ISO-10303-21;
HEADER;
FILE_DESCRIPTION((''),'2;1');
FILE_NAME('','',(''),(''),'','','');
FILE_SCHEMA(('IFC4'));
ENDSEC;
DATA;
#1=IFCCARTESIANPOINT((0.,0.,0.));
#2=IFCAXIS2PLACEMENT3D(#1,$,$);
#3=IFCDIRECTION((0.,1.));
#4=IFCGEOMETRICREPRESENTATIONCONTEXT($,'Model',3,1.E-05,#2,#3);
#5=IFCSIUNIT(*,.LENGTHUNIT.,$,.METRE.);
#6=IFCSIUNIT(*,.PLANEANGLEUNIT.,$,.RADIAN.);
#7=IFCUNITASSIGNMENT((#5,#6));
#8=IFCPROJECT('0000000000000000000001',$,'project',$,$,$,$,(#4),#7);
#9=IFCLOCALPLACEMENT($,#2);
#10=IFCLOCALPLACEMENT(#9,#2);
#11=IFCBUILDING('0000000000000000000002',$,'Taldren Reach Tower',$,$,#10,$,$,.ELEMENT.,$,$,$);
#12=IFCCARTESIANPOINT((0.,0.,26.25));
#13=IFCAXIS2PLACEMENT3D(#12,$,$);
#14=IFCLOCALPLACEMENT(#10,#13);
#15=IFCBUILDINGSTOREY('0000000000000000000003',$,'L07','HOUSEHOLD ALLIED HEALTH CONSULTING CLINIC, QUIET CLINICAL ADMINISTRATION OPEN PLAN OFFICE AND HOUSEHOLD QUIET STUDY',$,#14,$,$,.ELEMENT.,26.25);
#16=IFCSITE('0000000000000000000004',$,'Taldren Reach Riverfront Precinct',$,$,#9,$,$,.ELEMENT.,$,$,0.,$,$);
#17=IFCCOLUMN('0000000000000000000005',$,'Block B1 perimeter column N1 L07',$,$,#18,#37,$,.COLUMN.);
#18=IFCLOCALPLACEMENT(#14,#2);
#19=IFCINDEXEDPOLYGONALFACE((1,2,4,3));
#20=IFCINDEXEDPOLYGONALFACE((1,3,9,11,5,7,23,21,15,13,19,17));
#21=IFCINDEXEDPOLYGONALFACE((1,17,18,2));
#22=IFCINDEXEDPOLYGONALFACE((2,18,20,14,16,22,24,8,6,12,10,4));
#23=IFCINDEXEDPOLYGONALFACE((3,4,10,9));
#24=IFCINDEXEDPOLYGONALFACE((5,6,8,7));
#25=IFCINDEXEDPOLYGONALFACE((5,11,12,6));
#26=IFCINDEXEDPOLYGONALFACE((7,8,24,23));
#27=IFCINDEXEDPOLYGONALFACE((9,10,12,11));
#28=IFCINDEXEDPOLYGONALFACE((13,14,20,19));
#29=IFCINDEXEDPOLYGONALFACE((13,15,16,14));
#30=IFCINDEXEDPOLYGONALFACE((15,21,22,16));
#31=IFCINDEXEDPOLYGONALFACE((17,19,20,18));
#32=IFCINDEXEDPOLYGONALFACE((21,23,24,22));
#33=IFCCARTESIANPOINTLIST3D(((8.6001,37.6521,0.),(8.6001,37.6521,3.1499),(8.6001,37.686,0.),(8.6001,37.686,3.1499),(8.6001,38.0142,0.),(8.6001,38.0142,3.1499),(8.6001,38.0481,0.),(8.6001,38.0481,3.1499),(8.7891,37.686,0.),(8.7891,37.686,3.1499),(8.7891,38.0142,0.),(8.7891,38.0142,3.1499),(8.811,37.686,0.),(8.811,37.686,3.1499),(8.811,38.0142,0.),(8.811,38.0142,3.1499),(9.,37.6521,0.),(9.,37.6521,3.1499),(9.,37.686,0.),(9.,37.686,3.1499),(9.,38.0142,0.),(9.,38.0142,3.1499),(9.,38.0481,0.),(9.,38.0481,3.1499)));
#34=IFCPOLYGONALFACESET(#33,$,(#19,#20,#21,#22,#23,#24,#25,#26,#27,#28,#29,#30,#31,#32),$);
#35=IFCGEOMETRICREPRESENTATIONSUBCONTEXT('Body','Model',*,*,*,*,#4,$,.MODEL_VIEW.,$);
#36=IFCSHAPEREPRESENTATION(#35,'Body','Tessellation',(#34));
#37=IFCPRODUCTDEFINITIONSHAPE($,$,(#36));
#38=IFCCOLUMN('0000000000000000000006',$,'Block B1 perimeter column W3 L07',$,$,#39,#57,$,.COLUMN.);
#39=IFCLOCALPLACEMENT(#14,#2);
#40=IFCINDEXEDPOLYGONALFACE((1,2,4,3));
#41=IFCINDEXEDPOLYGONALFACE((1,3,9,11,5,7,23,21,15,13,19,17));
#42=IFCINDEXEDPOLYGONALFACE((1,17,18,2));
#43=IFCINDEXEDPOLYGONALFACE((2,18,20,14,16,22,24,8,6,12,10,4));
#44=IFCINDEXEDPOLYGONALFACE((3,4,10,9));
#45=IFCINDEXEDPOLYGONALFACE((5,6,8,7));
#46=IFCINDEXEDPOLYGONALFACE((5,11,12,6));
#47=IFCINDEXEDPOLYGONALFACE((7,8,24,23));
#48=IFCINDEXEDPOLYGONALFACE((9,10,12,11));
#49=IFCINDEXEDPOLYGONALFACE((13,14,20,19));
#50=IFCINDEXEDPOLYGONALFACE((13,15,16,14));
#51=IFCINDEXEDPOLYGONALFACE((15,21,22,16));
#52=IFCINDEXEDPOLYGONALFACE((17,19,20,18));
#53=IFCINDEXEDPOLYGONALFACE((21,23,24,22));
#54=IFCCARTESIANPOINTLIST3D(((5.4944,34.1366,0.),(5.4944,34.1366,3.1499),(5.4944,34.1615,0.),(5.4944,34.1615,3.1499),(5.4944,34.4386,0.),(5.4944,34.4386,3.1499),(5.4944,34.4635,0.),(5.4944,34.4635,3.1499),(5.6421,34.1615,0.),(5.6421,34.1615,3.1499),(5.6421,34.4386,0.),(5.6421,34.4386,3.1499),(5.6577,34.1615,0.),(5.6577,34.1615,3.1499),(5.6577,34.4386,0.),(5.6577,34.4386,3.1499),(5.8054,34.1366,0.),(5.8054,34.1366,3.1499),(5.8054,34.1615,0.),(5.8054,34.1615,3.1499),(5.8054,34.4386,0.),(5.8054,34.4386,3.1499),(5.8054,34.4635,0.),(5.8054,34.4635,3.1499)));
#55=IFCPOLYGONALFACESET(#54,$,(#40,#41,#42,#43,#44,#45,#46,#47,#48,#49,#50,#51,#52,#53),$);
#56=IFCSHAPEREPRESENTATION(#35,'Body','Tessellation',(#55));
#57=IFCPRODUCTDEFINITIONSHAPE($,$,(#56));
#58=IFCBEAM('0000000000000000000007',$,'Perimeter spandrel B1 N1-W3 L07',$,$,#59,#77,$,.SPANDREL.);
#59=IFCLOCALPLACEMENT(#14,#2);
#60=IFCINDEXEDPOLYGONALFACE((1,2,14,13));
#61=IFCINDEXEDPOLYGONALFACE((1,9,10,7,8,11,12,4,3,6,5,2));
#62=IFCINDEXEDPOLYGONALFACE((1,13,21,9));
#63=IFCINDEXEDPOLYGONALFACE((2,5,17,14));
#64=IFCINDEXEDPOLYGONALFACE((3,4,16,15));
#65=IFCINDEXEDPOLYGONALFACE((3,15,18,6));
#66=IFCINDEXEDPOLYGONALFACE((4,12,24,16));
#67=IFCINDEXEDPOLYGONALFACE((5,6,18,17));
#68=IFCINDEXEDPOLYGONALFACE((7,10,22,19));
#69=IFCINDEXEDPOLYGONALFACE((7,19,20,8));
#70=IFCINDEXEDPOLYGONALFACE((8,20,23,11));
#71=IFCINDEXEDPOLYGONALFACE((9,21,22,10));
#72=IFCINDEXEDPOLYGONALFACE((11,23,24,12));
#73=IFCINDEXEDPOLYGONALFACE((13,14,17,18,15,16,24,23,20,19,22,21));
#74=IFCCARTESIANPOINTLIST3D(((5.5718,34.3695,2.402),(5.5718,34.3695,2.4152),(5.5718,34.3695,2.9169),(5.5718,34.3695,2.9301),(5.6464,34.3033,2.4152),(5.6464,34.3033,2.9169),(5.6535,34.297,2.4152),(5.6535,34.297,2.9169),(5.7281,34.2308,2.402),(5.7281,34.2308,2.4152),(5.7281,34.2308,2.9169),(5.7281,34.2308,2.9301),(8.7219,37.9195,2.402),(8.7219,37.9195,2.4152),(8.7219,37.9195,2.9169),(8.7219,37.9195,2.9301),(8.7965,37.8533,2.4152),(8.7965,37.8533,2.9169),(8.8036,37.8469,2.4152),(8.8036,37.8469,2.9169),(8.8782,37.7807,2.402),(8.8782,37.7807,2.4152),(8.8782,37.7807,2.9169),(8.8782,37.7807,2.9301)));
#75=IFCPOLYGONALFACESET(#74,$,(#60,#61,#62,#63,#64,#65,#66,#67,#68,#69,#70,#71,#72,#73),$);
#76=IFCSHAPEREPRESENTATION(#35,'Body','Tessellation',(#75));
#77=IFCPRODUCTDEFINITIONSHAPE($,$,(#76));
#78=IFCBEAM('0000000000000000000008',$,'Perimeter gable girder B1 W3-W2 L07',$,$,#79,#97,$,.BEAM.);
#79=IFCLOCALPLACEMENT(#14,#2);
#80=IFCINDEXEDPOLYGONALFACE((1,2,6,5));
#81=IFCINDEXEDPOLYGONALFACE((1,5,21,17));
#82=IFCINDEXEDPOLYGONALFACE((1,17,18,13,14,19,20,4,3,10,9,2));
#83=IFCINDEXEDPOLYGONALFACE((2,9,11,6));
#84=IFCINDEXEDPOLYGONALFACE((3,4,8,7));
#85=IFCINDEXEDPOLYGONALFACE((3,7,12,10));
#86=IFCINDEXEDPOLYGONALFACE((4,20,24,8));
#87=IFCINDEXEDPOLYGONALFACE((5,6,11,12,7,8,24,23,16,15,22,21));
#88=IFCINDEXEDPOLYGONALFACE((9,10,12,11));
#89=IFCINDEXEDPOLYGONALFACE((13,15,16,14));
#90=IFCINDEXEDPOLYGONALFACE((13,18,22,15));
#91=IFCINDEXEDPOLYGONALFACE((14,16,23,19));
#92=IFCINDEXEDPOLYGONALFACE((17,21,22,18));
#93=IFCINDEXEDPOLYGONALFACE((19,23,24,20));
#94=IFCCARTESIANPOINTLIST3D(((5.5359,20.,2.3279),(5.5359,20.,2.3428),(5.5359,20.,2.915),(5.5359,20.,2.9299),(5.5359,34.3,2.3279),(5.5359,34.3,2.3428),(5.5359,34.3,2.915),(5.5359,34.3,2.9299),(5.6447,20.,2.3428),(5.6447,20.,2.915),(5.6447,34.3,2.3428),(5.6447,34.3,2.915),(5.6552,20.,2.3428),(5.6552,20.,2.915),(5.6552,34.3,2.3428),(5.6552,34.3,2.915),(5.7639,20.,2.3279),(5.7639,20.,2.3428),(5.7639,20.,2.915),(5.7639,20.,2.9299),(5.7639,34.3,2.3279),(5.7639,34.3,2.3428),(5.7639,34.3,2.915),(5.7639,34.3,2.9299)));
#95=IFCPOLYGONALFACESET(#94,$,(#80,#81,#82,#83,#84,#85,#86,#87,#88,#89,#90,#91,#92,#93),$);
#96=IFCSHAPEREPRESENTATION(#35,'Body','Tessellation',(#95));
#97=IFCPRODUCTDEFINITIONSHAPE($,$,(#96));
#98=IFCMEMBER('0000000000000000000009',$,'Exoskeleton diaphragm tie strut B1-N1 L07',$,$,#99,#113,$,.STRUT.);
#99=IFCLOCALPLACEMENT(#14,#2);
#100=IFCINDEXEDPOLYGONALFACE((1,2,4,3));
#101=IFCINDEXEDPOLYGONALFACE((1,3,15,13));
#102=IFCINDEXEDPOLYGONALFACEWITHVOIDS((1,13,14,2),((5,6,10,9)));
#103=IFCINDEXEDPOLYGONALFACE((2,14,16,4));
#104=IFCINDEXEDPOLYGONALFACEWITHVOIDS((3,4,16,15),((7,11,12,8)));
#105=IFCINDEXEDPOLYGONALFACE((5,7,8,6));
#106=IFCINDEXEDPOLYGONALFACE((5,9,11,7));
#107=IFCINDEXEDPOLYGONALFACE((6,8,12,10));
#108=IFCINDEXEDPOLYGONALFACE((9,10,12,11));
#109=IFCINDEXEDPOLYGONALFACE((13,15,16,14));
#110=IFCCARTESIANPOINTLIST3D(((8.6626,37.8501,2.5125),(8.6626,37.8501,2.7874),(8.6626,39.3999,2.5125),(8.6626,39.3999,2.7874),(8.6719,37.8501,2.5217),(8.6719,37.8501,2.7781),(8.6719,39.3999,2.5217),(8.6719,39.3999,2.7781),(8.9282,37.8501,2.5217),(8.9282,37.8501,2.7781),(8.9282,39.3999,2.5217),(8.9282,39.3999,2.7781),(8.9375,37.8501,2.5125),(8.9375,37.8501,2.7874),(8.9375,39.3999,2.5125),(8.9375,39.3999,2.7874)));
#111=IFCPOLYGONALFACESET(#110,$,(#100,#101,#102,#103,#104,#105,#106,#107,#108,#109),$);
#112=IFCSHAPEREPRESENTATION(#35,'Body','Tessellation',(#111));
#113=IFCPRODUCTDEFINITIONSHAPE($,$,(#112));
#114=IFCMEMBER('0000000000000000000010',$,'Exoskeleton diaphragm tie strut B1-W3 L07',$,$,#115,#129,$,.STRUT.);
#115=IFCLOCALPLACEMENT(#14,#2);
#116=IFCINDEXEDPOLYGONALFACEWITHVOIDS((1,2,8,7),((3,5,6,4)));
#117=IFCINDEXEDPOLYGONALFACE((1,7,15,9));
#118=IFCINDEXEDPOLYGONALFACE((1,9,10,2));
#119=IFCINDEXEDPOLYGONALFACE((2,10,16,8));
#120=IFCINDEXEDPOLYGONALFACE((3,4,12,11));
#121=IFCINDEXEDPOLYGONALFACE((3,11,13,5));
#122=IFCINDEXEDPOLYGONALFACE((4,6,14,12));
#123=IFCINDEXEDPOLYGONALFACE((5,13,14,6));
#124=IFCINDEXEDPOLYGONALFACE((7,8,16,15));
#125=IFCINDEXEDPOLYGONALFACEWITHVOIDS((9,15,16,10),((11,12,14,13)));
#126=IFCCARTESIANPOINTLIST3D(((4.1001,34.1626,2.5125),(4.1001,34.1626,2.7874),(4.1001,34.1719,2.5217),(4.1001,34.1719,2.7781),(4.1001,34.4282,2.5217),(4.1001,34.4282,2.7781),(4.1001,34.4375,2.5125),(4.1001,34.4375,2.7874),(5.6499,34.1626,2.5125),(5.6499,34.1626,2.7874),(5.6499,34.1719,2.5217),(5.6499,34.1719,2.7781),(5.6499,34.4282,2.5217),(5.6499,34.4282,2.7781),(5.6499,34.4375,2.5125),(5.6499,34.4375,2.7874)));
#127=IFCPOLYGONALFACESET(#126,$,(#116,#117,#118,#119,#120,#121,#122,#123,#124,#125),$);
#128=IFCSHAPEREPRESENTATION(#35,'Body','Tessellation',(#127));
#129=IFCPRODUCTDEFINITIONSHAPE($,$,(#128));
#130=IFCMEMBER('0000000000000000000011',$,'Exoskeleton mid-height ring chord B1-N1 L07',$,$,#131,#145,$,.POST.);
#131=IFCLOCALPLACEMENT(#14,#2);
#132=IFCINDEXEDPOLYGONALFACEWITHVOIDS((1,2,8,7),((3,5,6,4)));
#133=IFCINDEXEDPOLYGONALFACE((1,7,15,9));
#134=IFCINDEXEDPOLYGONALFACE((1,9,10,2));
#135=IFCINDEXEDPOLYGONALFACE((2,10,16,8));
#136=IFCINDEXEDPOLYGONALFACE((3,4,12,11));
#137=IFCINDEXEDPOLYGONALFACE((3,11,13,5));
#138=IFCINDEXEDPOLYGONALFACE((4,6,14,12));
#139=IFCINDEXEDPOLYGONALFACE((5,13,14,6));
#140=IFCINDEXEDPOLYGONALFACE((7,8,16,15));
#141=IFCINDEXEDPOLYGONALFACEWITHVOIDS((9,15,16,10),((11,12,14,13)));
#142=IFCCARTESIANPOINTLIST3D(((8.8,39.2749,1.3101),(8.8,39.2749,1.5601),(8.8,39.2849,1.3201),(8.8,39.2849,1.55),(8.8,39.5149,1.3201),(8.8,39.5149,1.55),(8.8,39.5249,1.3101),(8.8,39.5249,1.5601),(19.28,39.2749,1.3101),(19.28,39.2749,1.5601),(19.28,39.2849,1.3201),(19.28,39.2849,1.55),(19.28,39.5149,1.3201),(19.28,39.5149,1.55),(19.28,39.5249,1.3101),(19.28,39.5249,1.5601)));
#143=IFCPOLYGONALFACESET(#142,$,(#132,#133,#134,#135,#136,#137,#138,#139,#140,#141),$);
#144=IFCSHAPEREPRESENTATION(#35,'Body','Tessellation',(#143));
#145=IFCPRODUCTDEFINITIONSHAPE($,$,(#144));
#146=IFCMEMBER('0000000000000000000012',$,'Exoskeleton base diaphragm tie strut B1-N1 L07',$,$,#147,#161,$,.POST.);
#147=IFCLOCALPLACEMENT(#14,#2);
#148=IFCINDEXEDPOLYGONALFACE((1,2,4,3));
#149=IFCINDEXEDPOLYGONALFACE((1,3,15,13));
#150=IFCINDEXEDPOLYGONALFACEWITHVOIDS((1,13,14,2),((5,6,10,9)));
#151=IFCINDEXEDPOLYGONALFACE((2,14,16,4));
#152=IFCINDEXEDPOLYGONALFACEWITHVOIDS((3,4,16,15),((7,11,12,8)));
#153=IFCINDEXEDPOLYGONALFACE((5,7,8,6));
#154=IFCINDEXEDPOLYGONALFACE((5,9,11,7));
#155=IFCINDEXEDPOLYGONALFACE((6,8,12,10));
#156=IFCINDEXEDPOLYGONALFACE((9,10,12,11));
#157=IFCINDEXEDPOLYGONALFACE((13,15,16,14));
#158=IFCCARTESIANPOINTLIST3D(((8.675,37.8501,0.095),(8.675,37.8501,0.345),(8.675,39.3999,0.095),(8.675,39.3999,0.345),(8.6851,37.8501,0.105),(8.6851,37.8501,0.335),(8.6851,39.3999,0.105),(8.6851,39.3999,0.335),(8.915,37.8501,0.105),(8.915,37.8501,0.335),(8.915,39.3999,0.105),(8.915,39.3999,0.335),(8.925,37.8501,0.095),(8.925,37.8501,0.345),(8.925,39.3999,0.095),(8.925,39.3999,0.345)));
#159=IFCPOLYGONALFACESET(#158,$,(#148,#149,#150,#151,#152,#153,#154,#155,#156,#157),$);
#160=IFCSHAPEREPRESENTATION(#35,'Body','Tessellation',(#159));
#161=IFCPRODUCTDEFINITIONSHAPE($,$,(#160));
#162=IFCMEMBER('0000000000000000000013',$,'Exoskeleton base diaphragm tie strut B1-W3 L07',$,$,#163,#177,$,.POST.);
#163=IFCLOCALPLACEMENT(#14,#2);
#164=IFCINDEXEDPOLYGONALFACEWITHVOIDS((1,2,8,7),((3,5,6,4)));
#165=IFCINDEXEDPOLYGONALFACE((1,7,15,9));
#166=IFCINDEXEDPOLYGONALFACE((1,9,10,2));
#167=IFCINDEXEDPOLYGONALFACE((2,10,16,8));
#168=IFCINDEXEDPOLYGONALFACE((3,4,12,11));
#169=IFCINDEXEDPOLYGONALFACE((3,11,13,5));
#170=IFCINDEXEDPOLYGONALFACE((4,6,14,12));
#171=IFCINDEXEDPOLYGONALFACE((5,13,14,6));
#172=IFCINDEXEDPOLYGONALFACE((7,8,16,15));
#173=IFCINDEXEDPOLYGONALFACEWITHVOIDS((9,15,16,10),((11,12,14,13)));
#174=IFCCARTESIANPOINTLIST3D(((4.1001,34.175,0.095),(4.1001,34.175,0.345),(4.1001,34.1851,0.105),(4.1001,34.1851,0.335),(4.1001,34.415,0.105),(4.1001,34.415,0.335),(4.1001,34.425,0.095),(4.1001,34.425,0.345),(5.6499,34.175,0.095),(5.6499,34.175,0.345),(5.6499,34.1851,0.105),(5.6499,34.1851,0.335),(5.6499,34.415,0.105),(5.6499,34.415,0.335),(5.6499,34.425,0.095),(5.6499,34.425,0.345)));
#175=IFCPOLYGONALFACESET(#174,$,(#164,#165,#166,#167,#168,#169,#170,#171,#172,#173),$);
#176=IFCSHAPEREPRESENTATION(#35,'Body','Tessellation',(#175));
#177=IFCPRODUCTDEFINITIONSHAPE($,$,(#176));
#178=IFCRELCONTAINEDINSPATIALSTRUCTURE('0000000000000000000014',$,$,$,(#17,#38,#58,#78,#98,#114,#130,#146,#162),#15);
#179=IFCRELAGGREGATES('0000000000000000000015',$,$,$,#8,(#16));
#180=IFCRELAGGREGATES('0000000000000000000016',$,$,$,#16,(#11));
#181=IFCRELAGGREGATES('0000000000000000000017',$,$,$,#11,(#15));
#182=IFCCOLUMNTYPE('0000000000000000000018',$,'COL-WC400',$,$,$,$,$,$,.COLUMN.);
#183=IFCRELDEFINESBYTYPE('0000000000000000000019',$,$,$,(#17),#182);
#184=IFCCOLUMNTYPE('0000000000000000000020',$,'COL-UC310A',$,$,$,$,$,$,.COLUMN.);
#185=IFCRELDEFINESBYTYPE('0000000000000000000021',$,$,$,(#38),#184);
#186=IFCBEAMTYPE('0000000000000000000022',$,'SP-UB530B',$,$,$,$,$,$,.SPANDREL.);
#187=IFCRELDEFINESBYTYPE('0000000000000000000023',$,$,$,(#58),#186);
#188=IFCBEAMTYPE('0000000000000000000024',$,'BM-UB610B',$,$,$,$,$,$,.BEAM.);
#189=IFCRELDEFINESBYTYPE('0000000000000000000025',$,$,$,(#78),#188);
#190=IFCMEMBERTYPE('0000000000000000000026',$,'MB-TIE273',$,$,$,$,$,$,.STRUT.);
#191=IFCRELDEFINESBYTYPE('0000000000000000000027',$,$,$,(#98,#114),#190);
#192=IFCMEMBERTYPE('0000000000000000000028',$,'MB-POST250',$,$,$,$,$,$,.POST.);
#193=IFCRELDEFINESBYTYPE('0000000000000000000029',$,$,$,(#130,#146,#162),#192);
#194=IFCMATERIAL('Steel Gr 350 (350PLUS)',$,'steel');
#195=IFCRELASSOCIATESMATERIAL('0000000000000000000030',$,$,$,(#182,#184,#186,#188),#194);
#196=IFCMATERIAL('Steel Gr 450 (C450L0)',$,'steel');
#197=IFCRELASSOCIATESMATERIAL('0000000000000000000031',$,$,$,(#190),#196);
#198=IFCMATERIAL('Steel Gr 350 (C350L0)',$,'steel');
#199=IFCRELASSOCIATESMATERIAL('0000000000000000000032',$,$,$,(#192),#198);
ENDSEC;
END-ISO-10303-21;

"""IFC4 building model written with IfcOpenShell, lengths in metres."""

from ifc_helpers import new_model, si_unit, direction, frame, origin, origin_2d, place, context, subcontext, project, spatial, hollow_rectangle, i_section, extrude, source, transform, mapped, material, material_profile, profile_set, type_object, element, save


model = new_model("IFC4")

# Units and contexts
model_context = context("Model", 3, precision=1e-05, world=origin(), true_north=direction((0.0, 1.0)))
body_context = subcontext(model_context, "Body", "Model", "MODEL_VIEW")
ifc_project = project(units=[si_unit("LENGTHUNIT", "METRE"), si_unit("PLANEANGLEUNIT", "RADIAN")], contexts=[model_context])

# Site, building, storey
site_placement = place(None, origin())
site = spatial("IfcSite", under=ifc_project, at=site_placement, Name="Taldren Reach Riverfront Precinct", CompositionType="ELEMENT", RefElevation=0.0)
building_placement = place(site_placement, origin())
building = spatial("IfcBuilding", under=site, at=building_placement, Name="Taldren Reach Tower", CompositionType="ELEMENT")
storey_placement = place(building_placement, frame((0.0, 0.0, 26.25)))
storey = spatial("IfcBuildingStorey", under=building, at=storey_placement, Name="L07", Description="HOUSEHOLD ALLIED HEALTH CONSULTING CLINIC, QUIET CLINICAL ADMINISTRATION OPEN PLAN OFFICE AND HOUSEHOLD QUIET STUDY", CompositionType="ELEMENT", Elevation=26.25)

# Columns
ifc_material_1 = material(Name="Steel Gr 350 (350PLUS)", Category="steel")
ifc_material_profile_1 = material_profile(ifc_material_1, i_section(OverallWidth=0.3999, OverallDepth=0.396, WebThickness=0.022, FlangeThickness=0.0339, at=origin_2d()), Name="400WC270")
ifc_profile_set_1 = profile_set([ifc_material_profile_1], Name="Steel Gr 350 (350PLUS)")
column_type_1 = type_object("IfcColumnType", Name="COL-WC400", PredefinedType="COLUMN", material=ifc_profile_set_1)
shared_shape_1 = source(origin(), body_context, "Body", "SweptSolid", [
    extrude(i_section(OverallWidth=0.3999, OverallDepth=0.396, WebThickness=0.022, FlangeThickness=0.0339, at=origin_2d()), origin(), (0.0, 0.0, 1.0), 3.1499),
])
column_1_placement = place(storey_placement, frame((8.8, 37.8501, 0.0), z_axis=(0.0, 0.0, 1.0), x_axis=(1.0, 0.0, 0.0)))
element("IfcColumn", 1, at=column_1_placement, inside=storey, type_object=column_type_1, Name="Block B1 perimeter column N1 L07", PredefinedType="COLUMN", context=body_context, shape_type="MappedRepresentation", body=[
    mapped(shared_shape_1, transform((0.0, 0.0, 0.0), scale=1.0)),
])
ifc_material_profile_2 = material_profile(ifc_material_1, i_section(OverallWidth=0.311, OverallDepth=0.3269, WebThickness=0.0156, FlangeThickness=0.0249, at=origin_2d()), Name="310UC158")
ifc_profile_set_2 = profile_set([ifc_material_profile_2], Name="Steel Gr 350 (350PLUS)")
column_type_2 = type_object("IfcColumnType", Name="COL-UC310A", PredefinedType="COLUMN", material=ifc_profile_set_2)
shared_shape_2 = source(origin(), body_context, "Body", "SweptSolid", [
    extrude(i_section(OverallWidth=0.311, OverallDepth=0.3269, WebThickness=0.0156, FlangeThickness=0.0249, at=origin_2d()), origin(), (0.0, 0.0, 1.0), 3.1499),
])
column_2_placement = place(storey_placement, frame((5.6499, 34.3, 0.0), z_axis=(0.0, 0.0, 1.0), x_axis=(1.0, 0.0, 0.0)))
element("IfcColumn", 2, at=column_2_placement, inside=storey, type_object=column_type_2, Name="Block B1 perimeter column W3 L07", PredefinedType="COLUMN", context=body_context, shape_type="MappedRepresentation", body=[
    mapped(shared_shape_2, transform((0.0, 0.0, 0.0), scale=1.0)),
])

# Beams
ifc_material_profile_3 = material_profile(ifc_material_1, i_section(OverallWidth=0.209, OverallDepth=0.5281, WebThickness=0.0095, FlangeThickness=0.0132, at=origin_2d()), Name="530UB82.0")
ifc_profile_set_3 = profile_set([ifc_material_profile_3], Name="Steel Gr 350 (350PLUS)")
beam_type_1 = type_object("IfcBeamType", Name="SP-UB530B", PredefinedType="SPANDREL", material=ifc_profile_set_3)
shared_shape_3 = source(origin(), body_context, "Body", "SweptSolid", [
    extrude(i_section(OverallWidth=0.209, OverallDepth=0.5281, WebThickness=0.0095, FlangeThickness=0.0132, at=origin_2d()), origin(), (0.0, 0.0, 1.0), 4.7461),
])
beam_1_placement = place(storey_placement, frame((8.8, 37.8501, 2.666), z_axis=(-0.663722, -0.747979, 0.0), x_axis=(0.747979, -0.663722, 0.0)))
element("IfcBeam", 3, at=beam_1_placement, inside=storey, type_object=beam_type_1, Name="Perimeter spandrel B1 N1-W3 L07", PredefinedType="SPANDREL", context=body_context, shape_type="MappedRepresentation", body=[
    mapped(shared_shape_3, transform((0.0, 0.0, 0.0), scale=1.0)),
])
ifc_material_profile_4 = material_profile(ifc_material_1, i_section(OverallWidth=0.228, OverallDepth=0.6021, WebThickness=0.0105, FlangeThickness=0.0149, at=origin_2d()), Name="610UB101")
ifc_profile_set_4 = profile_set([ifc_material_profile_4], Name="Steel Gr 350 (350PLUS)")
beam_type_2 = type_object("IfcBeamType", Name="BM-UB610B", PredefinedType="BEAM", material=ifc_profile_set_4)
shared_shape_4 = source(origin(), body_context, "Body", "SweptSolid", [
    extrude(i_section(OverallWidth=0.228, OverallDepth=0.6021, WebThickness=0.0105, FlangeThickness=0.0149, at=origin_2d()), origin(), (0.0, 0.0, 1.0), 14.3),
])
beam_2_placement = place(storey_placement, frame((5.6499, 34.3, 2.6289), z_axis=(0.0, -1.0, 0.0), x_axis=(1.0, 0.0, 0.0)))
element("IfcBeam", 4, at=beam_2_placement, inside=storey, type_object=beam_type_2, Name="Perimeter gable girder B1 W3-W2 L07", PredefinedType="BEAM", context=body_context, shape_type="MappedRepresentation", body=[
    mapped(shared_shape_4, transform((0.0, 0.0, 0.0), scale=1.0)),
])

# Members
ifc_material_2 = material(Name="Steel Gr 450 (C450L0)", Category="steel")
ifc_material_profile_5 = material_profile(ifc_material_2, hollow_rectangle(XDim=0.2749, YDim=0.2749, WallThickness=0.0093, at=origin_2d()), Name="275x275x9.3SHS")
ifc_profile_set_5 = profile_set([ifc_material_profile_5], Name="Steel Gr 450 (C450L0)")
member_type_1 = type_object("IfcMemberType", Name="MB-TIE273", PredefinedType="STRUT", material=ifc_profile_set_5)
shared_shape_5 = source(origin(), body_context, "Body", "SweptSolid", [
    extrude(hollow_rectangle(XDim=0.2749, YDim=0.2749, WallThickness=0.0093, at=origin_2d()), origin(), (0.0, 0.0, 1.0), 1.5498),
])
for number, where, z_axis, x_axis, name in (
    (5, (8.8, 37.8501, 2.6499), (0.0, 1.0, 0.0), (-1.0, 0.0, 0.0), "Exoskeleton diaphragm tie strut B1-N1 L07"),
    (6, (5.6499, 34.3, 2.6499), (-1.0, 0.0, 0.0), (0.0, -1.0, 0.0), "Exoskeleton diaphragm tie strut B1-W3 L07"),
):
    element("IfcMember", number, at=place(storey_placement, frame(where, z_axis=z_axis, x_axis=x_axis)), inside=storey, type_object=member_type_1, Name=name, PredefinedType="STRUT", context=body_context, shape_type="MappedRepresentation", body=[
        mapped(shared_shape_5, transform((0.0, 0.0, 0.0), scale=1.0)),
    ])
ifc_material_3 = material(Name="Steel Gr 350 (C350L0)", Category="steel")
ifc_material_profile_6 = material_profile(ifc_material_3, hollow_rectangle(XDim=0.25, YDim=0.25, WallThickness=0.01, at=origin_2d()), Name="250x250x10.0SHS")
ifc_profile_set_6 = profile_set([ifc_material_profile_6], Name="Steel Gr 350 (C350L0)")
member_type_2 = type_object("IfcMemberType", Name="MB-POST250", PredefinedType="POST", material=ifc_profile_set_6)
shared_shape_6 = source(origin(), body_context, "Body", "SweptSolid", [
    extrude(hollow_rectangle(XDim=0.25, YDim=0.25, WallThickness=0.01, at=origin_2d()), origin(), (0.0, 0.0, 1.0), 10.48),
])
member_1_placement = place(storey_placement, frame((8.8, 39.3999, 1.4351), z_axis=(1.0, 0.0, 0.0), x_axis=(0.0, 1.0, 0.0)))
element("IfcMember", 7, at=member_1_placement, inside=storey, type_object=member_type_2, Name="Exoskeleton mid-height ring chord B1-N1 L07", PredefinedType="POST", context=body_context, shape_type="MappedRepresentation", body=[
    mapped(shared_shape_6, transform((0.0, 0.0, 0.0), scale=1.0)),
])
shared_shape_7 = source(origin(), body_context, "Body", "SweptSolid", [
    extrude(hollow_rectangle(XDim=0.25, YDim=0.25, WallThickness=0.01, at=origin_2d()), origin(), (0.0, 0.0, 1.0), 1.5498),
])
for number, where, z_axis, x_axis, name in (
    (8, (8.8, 37.8501, 0.22), (0.0, 1.0, 0.0), (-1.0, 0.0, 0.0), "Exoskeleton base diaphragm tie strut B1-N1 L07"),
    (9, (5.6499, 34.3, 0.22), (-1.0, 0.0, 0.0), (0.0, -1.0, 0.0), "Exoskeleton base diaphragm tie strut B1-W3 L07"),
):
    element("IfcMember", number, at=place(storey_placement, frame(where, z_axis=z_axis, x_axis=x_axis)), inside=storey, type_object=member_type_2, Name=name, PredefinedType="POST", context=body_context, shape_type="MappedRepresentation", body=[
        mapped(shared_shape_7, transform((0.0, 0.0, 0.0), scale=1.0)),
    ])

save(model, "model.ifc")
